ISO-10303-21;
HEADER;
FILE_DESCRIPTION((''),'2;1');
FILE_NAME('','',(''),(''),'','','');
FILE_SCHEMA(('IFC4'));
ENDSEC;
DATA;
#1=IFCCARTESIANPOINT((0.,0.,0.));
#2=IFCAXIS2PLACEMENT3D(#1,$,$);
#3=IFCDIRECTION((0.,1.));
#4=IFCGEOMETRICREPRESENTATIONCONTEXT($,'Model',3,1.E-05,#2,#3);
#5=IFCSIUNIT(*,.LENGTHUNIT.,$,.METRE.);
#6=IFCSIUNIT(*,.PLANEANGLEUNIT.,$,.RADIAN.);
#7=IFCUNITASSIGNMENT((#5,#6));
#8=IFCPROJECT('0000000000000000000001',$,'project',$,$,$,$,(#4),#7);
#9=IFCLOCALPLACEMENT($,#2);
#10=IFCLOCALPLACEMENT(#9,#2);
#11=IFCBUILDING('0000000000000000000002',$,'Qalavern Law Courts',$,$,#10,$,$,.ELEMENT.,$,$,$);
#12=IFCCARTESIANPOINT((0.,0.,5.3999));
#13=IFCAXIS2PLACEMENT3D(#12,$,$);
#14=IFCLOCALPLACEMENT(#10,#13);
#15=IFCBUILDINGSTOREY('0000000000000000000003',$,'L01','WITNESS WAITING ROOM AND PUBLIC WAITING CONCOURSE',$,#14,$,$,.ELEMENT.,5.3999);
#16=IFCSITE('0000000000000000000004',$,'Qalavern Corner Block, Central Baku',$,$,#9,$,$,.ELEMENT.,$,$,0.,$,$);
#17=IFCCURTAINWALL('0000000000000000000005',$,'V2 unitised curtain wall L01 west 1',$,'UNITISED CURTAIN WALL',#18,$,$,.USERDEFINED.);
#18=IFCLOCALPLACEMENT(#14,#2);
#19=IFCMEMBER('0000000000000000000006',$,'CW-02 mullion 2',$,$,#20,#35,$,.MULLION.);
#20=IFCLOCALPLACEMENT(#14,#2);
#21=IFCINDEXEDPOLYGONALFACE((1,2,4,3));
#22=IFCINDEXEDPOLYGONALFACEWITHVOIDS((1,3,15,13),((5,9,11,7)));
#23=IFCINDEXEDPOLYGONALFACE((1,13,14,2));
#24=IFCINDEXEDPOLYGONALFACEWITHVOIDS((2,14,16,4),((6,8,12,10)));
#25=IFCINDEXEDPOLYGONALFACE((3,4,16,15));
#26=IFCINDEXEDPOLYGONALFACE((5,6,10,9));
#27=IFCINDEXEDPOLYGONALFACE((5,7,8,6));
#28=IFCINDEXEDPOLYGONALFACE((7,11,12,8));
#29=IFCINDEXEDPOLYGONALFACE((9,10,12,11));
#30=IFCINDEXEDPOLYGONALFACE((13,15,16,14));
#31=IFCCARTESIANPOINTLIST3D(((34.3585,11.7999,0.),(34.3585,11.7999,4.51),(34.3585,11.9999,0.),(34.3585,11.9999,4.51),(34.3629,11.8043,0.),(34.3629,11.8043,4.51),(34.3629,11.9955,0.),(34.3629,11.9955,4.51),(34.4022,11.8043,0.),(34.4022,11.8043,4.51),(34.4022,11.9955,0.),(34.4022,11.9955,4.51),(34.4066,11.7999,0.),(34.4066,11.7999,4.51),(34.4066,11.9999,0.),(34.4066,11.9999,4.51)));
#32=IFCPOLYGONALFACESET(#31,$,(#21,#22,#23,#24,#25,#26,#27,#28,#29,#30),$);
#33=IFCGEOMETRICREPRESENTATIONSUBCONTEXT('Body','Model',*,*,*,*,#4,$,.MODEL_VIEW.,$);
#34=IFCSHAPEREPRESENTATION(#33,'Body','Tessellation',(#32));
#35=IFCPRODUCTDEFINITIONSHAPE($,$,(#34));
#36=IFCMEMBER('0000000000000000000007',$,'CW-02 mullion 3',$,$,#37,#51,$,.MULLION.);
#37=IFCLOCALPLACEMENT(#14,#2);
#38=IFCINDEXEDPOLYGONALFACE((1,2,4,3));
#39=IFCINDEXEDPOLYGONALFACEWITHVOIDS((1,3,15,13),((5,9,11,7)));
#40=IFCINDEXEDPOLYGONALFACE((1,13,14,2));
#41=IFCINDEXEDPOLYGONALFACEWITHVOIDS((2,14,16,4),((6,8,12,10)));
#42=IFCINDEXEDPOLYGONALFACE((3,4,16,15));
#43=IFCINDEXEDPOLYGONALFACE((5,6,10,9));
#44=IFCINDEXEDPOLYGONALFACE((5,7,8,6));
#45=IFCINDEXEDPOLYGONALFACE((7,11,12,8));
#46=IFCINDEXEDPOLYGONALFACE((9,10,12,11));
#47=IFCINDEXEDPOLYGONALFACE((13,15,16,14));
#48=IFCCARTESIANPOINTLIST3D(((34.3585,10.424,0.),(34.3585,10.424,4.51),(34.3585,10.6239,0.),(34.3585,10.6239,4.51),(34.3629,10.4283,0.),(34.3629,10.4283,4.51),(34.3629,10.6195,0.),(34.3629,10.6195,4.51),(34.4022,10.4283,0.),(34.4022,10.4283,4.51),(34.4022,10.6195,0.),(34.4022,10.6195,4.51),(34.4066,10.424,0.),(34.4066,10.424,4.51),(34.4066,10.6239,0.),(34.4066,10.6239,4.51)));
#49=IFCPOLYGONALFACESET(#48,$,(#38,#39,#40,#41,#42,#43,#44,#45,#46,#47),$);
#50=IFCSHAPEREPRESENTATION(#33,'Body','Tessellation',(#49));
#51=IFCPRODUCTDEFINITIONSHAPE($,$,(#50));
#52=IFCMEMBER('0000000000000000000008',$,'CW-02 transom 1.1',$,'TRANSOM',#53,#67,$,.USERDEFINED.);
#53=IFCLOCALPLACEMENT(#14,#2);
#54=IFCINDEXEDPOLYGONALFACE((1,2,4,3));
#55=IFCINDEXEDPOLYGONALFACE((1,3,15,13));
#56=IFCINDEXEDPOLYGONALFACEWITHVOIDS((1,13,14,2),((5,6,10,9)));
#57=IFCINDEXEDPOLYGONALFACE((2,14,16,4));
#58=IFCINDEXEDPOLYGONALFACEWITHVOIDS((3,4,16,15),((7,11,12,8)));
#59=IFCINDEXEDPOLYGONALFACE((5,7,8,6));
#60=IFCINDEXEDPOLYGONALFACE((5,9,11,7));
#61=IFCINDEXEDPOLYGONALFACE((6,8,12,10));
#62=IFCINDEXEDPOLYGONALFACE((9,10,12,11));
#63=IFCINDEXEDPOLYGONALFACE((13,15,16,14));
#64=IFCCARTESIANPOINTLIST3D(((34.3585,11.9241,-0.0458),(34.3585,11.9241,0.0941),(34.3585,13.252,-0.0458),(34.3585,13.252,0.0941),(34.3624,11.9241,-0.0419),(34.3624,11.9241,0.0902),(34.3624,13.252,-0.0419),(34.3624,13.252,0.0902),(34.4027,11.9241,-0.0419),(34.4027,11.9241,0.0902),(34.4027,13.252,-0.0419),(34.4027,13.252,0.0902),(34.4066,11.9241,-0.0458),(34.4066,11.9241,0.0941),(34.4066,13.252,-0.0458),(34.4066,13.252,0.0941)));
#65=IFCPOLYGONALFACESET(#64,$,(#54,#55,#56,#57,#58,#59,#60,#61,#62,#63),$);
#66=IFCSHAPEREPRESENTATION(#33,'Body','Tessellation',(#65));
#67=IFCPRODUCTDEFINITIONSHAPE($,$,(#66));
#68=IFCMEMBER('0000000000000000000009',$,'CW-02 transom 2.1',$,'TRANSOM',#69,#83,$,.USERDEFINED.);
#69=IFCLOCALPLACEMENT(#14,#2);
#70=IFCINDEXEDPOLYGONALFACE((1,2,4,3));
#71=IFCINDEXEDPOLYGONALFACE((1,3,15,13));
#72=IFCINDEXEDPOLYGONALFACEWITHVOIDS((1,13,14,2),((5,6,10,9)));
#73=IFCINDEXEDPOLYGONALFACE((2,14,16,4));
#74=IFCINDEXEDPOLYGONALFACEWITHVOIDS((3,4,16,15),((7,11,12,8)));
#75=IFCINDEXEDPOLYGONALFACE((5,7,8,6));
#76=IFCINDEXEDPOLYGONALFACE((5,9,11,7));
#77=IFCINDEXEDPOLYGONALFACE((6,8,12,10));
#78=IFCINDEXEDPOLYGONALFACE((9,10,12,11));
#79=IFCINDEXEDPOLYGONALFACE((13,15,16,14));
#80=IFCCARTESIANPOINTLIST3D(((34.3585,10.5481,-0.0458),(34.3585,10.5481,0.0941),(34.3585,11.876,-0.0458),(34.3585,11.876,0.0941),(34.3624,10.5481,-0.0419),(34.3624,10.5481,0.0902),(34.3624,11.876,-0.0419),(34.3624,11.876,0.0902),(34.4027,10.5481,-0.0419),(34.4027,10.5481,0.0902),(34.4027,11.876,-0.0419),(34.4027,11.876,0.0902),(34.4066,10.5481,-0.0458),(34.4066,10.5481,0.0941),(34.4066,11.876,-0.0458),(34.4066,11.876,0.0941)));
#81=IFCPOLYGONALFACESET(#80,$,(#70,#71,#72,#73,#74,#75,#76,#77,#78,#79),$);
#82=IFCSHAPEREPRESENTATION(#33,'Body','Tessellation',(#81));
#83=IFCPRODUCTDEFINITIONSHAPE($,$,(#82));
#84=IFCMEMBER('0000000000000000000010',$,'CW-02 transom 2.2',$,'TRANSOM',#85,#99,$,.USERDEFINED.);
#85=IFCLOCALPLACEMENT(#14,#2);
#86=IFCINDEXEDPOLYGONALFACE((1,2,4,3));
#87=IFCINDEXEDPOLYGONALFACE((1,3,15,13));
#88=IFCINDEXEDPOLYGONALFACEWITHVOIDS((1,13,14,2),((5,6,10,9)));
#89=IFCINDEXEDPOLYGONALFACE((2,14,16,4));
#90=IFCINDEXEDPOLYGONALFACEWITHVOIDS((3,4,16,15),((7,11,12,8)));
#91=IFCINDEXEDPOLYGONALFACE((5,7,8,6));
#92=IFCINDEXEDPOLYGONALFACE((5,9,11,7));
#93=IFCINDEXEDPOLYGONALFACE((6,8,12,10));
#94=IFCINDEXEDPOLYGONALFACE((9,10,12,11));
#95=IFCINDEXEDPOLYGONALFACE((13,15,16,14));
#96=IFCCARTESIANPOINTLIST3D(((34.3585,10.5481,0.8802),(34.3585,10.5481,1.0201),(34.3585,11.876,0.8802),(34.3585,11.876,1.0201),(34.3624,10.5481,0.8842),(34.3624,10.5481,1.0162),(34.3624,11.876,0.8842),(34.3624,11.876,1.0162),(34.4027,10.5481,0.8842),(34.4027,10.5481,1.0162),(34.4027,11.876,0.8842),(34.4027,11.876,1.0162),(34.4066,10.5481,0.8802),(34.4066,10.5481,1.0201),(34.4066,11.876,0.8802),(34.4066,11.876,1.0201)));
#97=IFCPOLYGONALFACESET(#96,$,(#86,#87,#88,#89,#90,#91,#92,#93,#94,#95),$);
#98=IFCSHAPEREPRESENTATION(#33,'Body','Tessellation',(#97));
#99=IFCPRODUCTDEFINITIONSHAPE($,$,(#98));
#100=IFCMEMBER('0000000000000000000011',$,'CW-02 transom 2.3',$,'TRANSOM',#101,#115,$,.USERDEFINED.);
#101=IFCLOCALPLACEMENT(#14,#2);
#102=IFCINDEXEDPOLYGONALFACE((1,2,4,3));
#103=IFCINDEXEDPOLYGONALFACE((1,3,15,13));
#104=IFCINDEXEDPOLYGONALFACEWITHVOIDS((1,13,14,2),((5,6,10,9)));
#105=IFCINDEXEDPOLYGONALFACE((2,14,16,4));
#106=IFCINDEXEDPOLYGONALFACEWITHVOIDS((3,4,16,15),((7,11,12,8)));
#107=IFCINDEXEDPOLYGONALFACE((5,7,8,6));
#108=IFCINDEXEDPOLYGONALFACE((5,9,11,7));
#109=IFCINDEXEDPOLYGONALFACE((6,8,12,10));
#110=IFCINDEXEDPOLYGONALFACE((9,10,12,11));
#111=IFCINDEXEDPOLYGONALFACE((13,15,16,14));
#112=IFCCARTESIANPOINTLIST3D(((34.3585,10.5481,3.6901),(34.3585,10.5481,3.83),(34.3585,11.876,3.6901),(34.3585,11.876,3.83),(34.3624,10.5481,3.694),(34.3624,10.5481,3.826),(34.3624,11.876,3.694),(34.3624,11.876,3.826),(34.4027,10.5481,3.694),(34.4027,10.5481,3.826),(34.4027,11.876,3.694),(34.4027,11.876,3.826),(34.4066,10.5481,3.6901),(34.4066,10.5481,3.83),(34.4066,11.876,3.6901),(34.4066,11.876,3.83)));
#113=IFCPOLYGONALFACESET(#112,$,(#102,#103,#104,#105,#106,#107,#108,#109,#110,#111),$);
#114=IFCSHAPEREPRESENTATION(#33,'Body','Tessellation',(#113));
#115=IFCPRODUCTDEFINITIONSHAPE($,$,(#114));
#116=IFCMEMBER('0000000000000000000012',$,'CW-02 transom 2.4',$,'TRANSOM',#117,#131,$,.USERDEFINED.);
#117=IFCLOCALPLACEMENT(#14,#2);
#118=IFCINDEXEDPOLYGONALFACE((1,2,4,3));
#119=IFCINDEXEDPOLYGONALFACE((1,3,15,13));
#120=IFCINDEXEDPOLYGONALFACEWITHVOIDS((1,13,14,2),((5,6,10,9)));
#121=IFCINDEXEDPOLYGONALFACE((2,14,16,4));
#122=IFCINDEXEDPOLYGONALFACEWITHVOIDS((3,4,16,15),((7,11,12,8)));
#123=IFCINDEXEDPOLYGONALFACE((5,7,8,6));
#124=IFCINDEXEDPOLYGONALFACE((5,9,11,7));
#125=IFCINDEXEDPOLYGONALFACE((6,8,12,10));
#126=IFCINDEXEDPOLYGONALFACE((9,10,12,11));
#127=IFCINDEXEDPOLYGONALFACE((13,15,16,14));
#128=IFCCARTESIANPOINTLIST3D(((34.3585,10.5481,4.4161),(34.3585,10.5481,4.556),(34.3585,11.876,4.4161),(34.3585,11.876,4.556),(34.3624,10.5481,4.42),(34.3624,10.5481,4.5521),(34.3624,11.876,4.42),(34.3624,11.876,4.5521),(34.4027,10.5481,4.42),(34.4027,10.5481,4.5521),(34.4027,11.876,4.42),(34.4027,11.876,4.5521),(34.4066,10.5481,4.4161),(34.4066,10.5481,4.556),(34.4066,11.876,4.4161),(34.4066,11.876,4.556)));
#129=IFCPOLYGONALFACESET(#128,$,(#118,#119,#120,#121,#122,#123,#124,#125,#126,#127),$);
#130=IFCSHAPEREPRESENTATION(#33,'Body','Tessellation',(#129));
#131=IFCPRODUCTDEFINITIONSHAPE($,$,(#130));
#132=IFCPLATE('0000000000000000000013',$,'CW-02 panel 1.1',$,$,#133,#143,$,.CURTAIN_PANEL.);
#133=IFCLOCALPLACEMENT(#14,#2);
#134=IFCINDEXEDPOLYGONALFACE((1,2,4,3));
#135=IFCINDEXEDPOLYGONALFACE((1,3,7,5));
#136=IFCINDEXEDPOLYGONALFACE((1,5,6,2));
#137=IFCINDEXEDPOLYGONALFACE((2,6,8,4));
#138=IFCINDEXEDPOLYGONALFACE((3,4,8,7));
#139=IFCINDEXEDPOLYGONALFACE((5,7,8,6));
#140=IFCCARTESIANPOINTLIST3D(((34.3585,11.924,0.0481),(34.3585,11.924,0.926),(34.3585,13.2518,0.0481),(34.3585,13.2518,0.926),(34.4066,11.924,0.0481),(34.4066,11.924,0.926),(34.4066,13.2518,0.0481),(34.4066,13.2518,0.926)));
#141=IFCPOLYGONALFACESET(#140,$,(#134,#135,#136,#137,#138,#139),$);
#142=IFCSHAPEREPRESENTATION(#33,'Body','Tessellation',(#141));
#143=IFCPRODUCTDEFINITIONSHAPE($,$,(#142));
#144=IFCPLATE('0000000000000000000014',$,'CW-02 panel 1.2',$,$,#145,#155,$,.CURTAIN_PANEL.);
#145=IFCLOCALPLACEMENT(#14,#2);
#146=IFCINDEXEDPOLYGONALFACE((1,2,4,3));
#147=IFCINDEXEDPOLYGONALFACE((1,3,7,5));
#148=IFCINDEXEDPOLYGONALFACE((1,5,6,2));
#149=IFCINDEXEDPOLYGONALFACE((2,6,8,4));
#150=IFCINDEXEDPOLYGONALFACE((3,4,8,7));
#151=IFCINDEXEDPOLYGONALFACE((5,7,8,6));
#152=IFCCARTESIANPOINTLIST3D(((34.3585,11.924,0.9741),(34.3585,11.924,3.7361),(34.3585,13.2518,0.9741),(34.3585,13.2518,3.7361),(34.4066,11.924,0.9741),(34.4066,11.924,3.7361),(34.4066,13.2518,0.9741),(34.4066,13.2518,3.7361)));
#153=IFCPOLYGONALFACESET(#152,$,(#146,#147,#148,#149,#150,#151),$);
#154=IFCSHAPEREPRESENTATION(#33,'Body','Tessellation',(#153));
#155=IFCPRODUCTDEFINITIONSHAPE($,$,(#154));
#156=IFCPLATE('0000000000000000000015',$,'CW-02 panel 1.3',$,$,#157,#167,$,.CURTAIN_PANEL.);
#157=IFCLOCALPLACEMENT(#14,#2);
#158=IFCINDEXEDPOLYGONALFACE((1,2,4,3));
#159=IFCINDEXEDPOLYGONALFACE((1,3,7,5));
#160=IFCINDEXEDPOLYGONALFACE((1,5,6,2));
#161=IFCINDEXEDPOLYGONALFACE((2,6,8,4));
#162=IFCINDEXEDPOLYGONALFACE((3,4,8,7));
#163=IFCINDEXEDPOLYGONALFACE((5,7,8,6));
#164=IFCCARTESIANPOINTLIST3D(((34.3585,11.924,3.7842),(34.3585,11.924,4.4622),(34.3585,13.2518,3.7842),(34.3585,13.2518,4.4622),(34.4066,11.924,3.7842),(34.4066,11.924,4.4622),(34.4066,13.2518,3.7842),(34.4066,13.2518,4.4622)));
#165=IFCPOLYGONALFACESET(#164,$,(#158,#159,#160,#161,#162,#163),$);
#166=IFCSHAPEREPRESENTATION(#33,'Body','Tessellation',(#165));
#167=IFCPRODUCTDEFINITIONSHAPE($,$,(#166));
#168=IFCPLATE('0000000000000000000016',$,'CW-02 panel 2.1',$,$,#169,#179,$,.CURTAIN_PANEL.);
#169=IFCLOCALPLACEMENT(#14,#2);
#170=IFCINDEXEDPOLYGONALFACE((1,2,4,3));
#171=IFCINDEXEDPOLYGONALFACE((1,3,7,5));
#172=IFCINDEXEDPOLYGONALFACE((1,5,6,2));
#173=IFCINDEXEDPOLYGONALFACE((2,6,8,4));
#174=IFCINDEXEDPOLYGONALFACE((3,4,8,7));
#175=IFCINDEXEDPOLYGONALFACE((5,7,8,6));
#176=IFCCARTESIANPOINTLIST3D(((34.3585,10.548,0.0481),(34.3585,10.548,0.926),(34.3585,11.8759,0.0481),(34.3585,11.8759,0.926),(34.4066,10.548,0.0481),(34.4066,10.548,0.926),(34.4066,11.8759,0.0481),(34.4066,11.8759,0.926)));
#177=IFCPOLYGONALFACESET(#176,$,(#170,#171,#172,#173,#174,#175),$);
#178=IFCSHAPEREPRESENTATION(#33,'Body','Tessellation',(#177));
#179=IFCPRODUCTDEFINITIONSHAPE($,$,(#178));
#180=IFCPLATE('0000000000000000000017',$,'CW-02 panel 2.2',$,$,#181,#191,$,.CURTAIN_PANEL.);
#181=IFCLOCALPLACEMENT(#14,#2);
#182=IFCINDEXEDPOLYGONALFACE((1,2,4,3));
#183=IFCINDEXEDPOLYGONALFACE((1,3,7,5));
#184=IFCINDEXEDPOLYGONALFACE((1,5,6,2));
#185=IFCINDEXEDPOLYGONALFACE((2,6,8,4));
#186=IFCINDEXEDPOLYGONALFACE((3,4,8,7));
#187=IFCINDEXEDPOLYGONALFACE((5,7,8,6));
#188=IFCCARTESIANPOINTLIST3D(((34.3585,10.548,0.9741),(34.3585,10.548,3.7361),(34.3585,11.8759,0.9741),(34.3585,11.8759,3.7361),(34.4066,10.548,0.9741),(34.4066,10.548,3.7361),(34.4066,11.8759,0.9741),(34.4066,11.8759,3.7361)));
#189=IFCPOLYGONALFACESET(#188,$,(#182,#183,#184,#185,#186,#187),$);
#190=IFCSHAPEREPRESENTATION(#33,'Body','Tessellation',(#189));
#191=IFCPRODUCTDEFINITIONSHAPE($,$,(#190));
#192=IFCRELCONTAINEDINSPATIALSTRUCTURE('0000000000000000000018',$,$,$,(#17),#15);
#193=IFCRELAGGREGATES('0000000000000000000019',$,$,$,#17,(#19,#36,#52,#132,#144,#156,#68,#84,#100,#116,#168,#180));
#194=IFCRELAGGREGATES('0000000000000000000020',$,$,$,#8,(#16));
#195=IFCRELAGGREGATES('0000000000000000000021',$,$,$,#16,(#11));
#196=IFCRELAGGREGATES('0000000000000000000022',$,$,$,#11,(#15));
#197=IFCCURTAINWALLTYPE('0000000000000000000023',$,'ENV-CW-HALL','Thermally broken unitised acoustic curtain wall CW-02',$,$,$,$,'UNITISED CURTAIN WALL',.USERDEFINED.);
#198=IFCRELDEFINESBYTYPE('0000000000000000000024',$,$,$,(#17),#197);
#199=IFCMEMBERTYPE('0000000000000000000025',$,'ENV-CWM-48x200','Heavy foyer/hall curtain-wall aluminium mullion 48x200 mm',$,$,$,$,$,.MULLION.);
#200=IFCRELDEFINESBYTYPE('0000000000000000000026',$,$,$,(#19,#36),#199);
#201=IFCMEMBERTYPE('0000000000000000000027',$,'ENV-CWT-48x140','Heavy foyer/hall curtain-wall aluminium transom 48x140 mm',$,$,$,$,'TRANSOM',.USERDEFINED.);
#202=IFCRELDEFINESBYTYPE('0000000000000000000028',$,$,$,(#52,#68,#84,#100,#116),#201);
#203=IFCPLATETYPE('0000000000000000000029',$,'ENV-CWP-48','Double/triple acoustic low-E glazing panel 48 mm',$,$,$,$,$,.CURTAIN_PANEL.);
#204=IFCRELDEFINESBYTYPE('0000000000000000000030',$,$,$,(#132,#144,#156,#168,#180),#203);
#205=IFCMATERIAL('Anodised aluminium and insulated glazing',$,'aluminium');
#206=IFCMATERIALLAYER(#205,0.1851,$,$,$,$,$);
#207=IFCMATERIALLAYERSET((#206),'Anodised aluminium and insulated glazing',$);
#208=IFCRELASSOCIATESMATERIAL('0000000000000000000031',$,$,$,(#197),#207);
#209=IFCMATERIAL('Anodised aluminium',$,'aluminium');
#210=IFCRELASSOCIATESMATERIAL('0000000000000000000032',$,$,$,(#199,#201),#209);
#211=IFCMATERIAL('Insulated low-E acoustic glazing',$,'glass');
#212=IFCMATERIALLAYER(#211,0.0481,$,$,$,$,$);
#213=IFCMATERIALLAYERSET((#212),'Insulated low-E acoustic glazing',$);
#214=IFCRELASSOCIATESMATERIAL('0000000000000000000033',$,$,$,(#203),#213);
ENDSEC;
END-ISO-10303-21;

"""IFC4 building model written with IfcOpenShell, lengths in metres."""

from ifc_helpers import new_model, si_unit, direction, frame, origin, origin_2d, place, context, subcontext, project, spatial, rectangle, hollow_rectangle, extrude, material, layer, layer_set, material_profile, profile_set, type_object, element, aggregate, save


model = new_model("IFC4")

# Units and contexts
model_context = context("Model", 3, precision=1e-05, world=origin(), true_north=direction((0.0, 1.0)))
body_context = subcontext(model_context, "Body", "Model", "MODEL_VIEW")
ifc_project = project(units=[si_unit("LENGTHUNIT", "METRE"), si_unit("PLANEANGLEUNIT", "RADIAN")], contexts=[model_context])

# Site, building, storey
site_placement = place(None, origin())
site = spatial("IfcSite", under=ifc_project, at=site_placement, Name="Qalavern Corner Block, Central Baku", CompositionType="ELEMENT", RefElevation=0.0)
building_placement = place(site_placement, origin())
building = spatial("IfcBuilding", under=site, at=building_placement, Name="Qalavern Law Courts", CompositionType="ELEMENT")
storey_placement = place(building_placement, frame((0.0, 0.0, 5.3999)))
storey = spatial("IfcBuildingStorey", under=building, at=storey_placement, Name="L01", Description="WITNESS WAITING ROOM AND PUBLIC WAITING CONCOURSE", CompositionType="ELEMENT", Elevation=5.3999)

# Curtain wall, members, plates
ifc_material_1 = material(Name="Anodised aluminium and insulated glazing", Category="aluminium")
ifc_layer_1 = layer(ifc_material_1, 0.1851)
ifc_layer_set_1 = layer_set([ifc_layer_1], Name="Anodised aluminium and insulated glazing")
curtain_wall_type = type_object("IfcCurtainWallType", Name="ENV-CW-HALL", Description="Thermally broken unitised acoustic curtain wall CW-02", ElementType="UNITISED CURTAIN WALL", PredefinedType="USERDEFINED", material=ifc_layer_set_1)
curtain_wall_placement = place(storey_placement, origin())
curtain_wall = element("IfcCurtainWall", 1, at=curtain_wall_placement, inside=storey, type_object=curtain_wall_type, Name="V2 unitised curtain wall L01 west 1", ObjectType="UNITISED CURTAIN WALL", PredefinedType="USERDEFINED")
ifc_material_2 = material(Name="Anodised aluminium", Category="aluminium")
ifc_material_profile_1 = material_profile(ifc_material_2, hollow_rectangle(XDim=0.0481, YDim=0.2, WallThickness=0.0044, at=origin_2d()), Name="ALU MULLION 48x200")
ifc_profile_set_1 = profile_set([ifc_material_profile_1], Name="Anodised aluminium")
member_type_1 = type_object("IfcMemberType", Name="ENV-CWM-48x200", Description="Heavy foyer/hall curtain-wall aluminium mullion 48x200 mm", PredefinedType="MULLION", material=ifc_profile_set_1)
member_1_placement = place(storey_placement, frame((34.3826, 11.8999, 0.0), z_axis=(0.0, 0.0, 1.0), x_axis=(1.0, 0.0, 0.0)))
member_1 = element("IfcMember", 2, at=member_1_placement, type_object=member_type_1, Name="CW-02 mullion 2", PredefinedType="MULLION", context=body_context, shape_type="SweptSolid", body=[
    extrude(hollow_rectangle(XDim=0.0481, YDim=0.2, WallThickness=0.0044, at=origin_2d()), origin(), (0.0, 0.0, 1.0), 4.51),
])
member_2_placement = place(storey_placement, frame((34.3826, 10.5239, 0.0), z_axis=(0.0, 0.0, 1.0), x_axis=(1.0, 0.0, 0.0)))
member_2 = element("IfcMember", 3, at=member_2_placement, type_object=member_type_1, Name="CW-02 mullion 3", PredefinedType="MULLION", context=body_context, shape_type="SweptSolid", body=[
    extrude(hollow_rectangle(XDim=0.0481, YDim=0.2, WallThickness=0.0044, at=origin_2d()), origin(), (0.0, 0.0, 1.0), 4.51),
])
ifc_material_profile_2 = material_profile(ifc_material_2, hollow_rectangle(XDim=0.0481, YDim=0.1399, WallThickness=0.0039, at=origin_2d()), Name="ALU TRANSOM 48x140")
ifc_profile_set_2 = profile_set([ifc_material_profile_2], Name="Anodised aluminium")
member_type_2 = type_object("IfcMemberType", Name="ENV-CWT-48x140", Description="Heavy foyer/hall curtain-wall aluminium transom 48x140 mm", ElementType="TRANSOM", PredefinedType="USERDEFINED", material=ifc_profile_set_2)
member_3_placement = place(storey_placement, frame((34.3826, 13.252, 0.0242), z_axis=(0.0, -1.0, 0.0), x_axis=(1.0, 0.0, 0.0)))
member_3 = element("IfcMember", 4, at=member_3_placement, type_object=member_type_2, Name="CW-02 transom 1.1", ObjectType="TRANSOM", PredefinedType="USERDEFINED", context=body_context, shape_type="SweptSolid", body=[
    extrude(hollow_rectangle(XDim=0.0481, YDim=0.1399, WallThickness=0.0039, at=origin_2d()), origin(), (0.0, 0.0, 1.0), 1.3279),
])
member_4_placement = place(storey_placement, frame((34.3826, 11.876, 0.0242), z_axis=(0.0, -1.0, 0.0), x_axis=(1.0, 0.0, 0.0)))
member_4 = element("IfcMember", 5, at=member_4_placement, type_object=member_type_2, Name="CW-02 transom 2.1", ObjectType="TRANSOM", PredefinedType="USERDEFINED", context=body_context, shape_type="SweptSolid", body=[
    extrude(hollow_rectangle(XDim=0.0481, YDim=0.1399, WallThickness=0.0039, at=origin_2d()), origin(), (0.0, 0.0, 1.0), 1.3279),
])
member_5_placement = place(storey_placement, frame((34.3826, 11.876, 0.9502), z_axis=(0.0, -1.0, 0.0), x_axis=(1.0, 0.0, 0.0)))
member_5 = element("IfcMember", 6, at=member_5_placement, type_object=member_type_2, Name="CW-02 transom 2.2", ObjectType="TRANSOM", PredefinedType="USERDEFINED", context=body_context, shape_type="SweptSolid", body=[
    extrude(hollow_rectangle(XDim=0.0481, YDim=0.1399, WallThickness=0.0039, at=origin_2d()), origin(), (0.0, 0.0, 1.0), 1.3279),
])
member_6_placement = place(storey_placement, frame((34.3826, 11.876, 3.76), z_axis=(0.0, -1.0, 0.0), x_axis=(1.0, 0.0, 0.0)))
member_6 = element("IfcMember", 7, at=member_6_placement, type_object=member_type_2, Name="CW-02 transom 2.3", ObjectType="TRANSOM", PredefinedType="USERDEFINED", context=body_context, shape_type="SweptSolid", body=[
    extrude(hollow_rectangle(XDim=0.0481, YDim=0.1399, WallThickness=0.0039, at=origin_2d()), origin(), (0.0, 0.0, 1.0), 1.3279),
])
member_7_placement = place(storey_placement, frame((34.3826, 11.876, 4.4861), z_axis=(0.0, -1.0, 0.0), x_axis=(1.0, 0.0, 0.0)))
member_7 = element("IfcMember", 8, at=member_7_placement, type_object=member_type_2, Name="CW-02 transom 2.4", ObjectType="TRANSOM", PredefinedType="USERDEFINED", context=body_context, shape_type="SweptSolid", body=[
    extrude(hollow_rectangle(XDim=0.0481, YDim=0.1399, WallThickness=0.0039, at=origin_2d()), origin(), (0.0, 0.0, 1.0), 1.3279),
])
ifc_material_3 = material(Name="Insulated low-E acoustic glazing", Category="glass")
ifc_layer_2 = layer(ifc_material_3, 0.0481)
ifc_layer_set_2 = layer_set([ifc_layer_2], Name="Insulated low-E acoustic glazing")
plate_type = type_object("IfcPlateType", Name="ENV-CWP-48", Description="Double/triple acoustic low-E glazing panel 48 mm", PredefinedType="CURTAIN_PANEL", material=ifc_layer_set_2)
plate_1_placement = place(storey_placement, frame((34.3826, 12.5879, 0.0481), z_axis=(0.0, 0.0, 1.0), x_axis=(0.0, -1.0, 0.0)))
plate_1 = element("IfcPlate", 9, at=plate_1_placement, type_object=plate_type, Name="CW-02 panel 1.1", PredefinedType="CURTAIN_PANEL", context=body_context, shape_type="SweptSolid", body=[
    extrude(rectangle(XDim=1.3279, YDim=0.0481, at=origin_2d()), origin(), (0.0, 0.0, 1.0), 0.8779),
])
plate_2_placement = place(storey_placement, frame((34.3826, 12.5879, 0.9741), z_axis=(0.0, 0.0, 1.0), x_axis=(0.0, -1.0, 0.0)))
plate_2 = element("IfcPlate", 10, at=plate_2_placement, type_object=plate_type, Name="CW-02 panel 1.2", PredefinedType="CURTAIN_PANEL", context=body_context, shape_type="SweptSolid", body=[
    extrude(rectangle(XDim=1.3279, YDim=0.0481, at=origin_2d()), origin(), (0.0, 0.0, 1.0), 2.762),
])
plate_3_placement = place(storey_placement, frame((34.3826, 12.5879, 3.7842), z_axis=(0.0, 0.0, 1.0), x_axis=(0.0, -1.0, 0.0)))
plate_3 = element("IfcPlate", 11, at=plate_3_placement, type_object=plate_type, Name="CW-02 panel 1.3", PredefinedType="CURTAIN_PANEL", context=body_context, shape_type="SweptSolid", body=[
    extrude(rectangle(XDim=1.3279, YDim=0.0481, at=origin_2d()), origin(), (0.0, 0.0, 1.0), 0.678),
])
plate_4_placement = place(storey_placement, frame((34.3826, 11.2119, 0.0481), z_axis=(0.0, 0.0, 1.0), x_axis=(0.0, -1.0, 0.0)))
plate_4 = element("IfcPlate", 12, at=plate_4_placement, type_object=plate_type, Name="CW-02 panel 2.1", PredefinedType="CURTAIN_PANEL", context=body_context, shape_type="SweptSolid", body=[
    extrude(rectangle(XDim=1.3279, YDim=0.0481, at=origin_2d()), origin(), (0.0, 0.0, 1.0), 0.8779),
])
plate_5_placement = place(storey_placement, frame((34.3826, 11.2119, 0.9741), z_axis=(0.0, 0.0, 1.0), x_axis=(0.0, -1.0, 0.0)))
plate_5 = element("IfcPlate", 13, at=plate_5_placement, type_object=plate_type, Name="CW-02 panel 2.2", PredefinedType="CURTAIN_PANEL", context=body_context, shape_type="SweptSolid", body=[
    extrude(rectangle(XDim=1.3279, YDim=0.0481, at=origin_2d()), origin(), (0.0, 0.0, 1.0), 2.762),
])
aggregate(curtain_wall, [member_1, member_2, member_3, plate_1, plate_2, plate_3, member_4, member_5, member_6, member_7, plate_4, plate_5])

save(model, "model.ifc")
